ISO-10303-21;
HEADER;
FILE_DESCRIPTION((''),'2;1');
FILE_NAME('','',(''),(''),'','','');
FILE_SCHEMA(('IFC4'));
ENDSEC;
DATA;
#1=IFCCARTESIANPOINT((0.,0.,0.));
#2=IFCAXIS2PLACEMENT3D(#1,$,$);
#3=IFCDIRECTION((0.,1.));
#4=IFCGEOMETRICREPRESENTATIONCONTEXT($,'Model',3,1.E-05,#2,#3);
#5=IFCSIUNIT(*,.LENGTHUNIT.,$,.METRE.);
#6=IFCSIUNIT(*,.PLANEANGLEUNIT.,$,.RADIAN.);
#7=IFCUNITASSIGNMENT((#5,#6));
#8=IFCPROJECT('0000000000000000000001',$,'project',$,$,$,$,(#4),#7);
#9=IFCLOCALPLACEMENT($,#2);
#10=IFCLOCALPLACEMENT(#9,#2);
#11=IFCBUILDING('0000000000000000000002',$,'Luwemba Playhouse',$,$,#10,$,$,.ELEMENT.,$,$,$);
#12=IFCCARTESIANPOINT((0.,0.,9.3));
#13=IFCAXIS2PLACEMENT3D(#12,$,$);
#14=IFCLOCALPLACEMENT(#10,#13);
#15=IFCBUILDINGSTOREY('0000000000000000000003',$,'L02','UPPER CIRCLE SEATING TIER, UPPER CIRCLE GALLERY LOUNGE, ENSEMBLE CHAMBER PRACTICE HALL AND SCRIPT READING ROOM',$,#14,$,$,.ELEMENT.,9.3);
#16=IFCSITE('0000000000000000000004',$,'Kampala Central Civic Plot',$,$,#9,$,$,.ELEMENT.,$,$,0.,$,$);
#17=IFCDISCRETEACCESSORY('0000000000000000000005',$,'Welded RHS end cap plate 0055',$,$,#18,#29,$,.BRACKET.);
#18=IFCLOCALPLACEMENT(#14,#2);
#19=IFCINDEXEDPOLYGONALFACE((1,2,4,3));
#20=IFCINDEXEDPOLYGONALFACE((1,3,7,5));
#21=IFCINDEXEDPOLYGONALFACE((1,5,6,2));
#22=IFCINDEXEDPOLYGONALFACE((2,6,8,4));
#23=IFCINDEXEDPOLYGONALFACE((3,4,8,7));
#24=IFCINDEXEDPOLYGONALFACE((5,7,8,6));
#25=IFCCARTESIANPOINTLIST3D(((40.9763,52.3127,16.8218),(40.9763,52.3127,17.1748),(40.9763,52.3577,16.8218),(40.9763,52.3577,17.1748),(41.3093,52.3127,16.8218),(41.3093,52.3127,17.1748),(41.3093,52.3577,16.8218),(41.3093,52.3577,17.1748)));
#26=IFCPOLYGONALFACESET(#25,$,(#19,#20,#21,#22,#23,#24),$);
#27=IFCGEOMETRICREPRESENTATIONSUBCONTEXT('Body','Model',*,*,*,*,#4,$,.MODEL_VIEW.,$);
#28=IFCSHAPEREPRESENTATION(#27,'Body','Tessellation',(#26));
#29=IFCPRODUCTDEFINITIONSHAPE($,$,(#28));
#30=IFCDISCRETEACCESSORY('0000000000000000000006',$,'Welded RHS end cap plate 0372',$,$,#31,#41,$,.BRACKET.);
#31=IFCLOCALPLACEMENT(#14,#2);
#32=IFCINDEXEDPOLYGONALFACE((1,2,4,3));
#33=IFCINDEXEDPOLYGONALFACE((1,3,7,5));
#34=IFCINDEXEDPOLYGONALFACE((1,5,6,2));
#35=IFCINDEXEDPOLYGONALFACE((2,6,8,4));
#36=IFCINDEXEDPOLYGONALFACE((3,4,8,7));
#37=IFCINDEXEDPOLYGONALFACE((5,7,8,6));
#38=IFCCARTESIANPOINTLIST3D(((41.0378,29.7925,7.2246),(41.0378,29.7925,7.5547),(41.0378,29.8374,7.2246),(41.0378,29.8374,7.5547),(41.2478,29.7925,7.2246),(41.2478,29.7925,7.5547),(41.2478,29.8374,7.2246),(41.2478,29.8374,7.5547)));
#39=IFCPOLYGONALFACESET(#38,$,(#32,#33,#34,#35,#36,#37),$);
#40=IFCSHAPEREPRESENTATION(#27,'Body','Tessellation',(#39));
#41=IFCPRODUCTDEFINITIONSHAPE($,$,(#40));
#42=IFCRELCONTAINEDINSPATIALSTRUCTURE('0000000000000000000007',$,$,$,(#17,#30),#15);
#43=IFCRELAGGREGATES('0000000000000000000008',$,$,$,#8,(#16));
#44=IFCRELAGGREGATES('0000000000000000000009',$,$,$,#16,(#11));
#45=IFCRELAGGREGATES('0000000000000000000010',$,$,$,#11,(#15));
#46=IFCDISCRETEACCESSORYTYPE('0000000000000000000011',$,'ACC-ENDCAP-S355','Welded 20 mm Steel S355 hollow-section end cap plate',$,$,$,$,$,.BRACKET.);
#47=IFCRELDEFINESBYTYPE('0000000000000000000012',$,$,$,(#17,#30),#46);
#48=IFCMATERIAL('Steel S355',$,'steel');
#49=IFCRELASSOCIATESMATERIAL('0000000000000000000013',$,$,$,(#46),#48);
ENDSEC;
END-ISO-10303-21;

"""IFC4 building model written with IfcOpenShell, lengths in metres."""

from ifc_helpers import new_model, si_unit, direction, frame, origin, origin_2d, place, context, subcontext, project, spatial, rectangle, extrude, material, type_object, element, save


model = new_model("IFC4")

# Units and contexts
model_context = context("Model", 3, precision=1e-05, world=origin(), true_north=direction((0.0, 1.0)))
body_context = subcontext(model_context, "Body", "Model", "MODEL_VIEW")
ifc_project = project(units=[si_unit("LENGTHUNIT", "METRE"), si_unit("PLANEANGLEUNIT", "RADIAN")], contexts=[model_context])

# Site, building, storey
site_placement = place(None, origin())
site = spatial("IfcSite", under=ifc_project, at=site_placement, Name="Kampala Central Civic Plot", CompositionType="ELEMENT", RefElevation=0.0)
building_placement = place(site_placement, origin())
building = spatial("IfcBuilding", under=site, at=building_placement, Name="Luwemba Playhouse", CompositionType="ELEMENT")
storey_placement = place(building_placement, frame((0.0, 0.0, 9.3)))
storey = spatial("IfcBuildingStorey", under=building, at=storey_placement, Name="L02", Description="UPPER CIRCLE SEATING TIER, UPPER CIRCLE GALLERY LOUNGE, ENSEMBLE CHAMBER PRACTICE HALL AND SCRIPT READING ROOM", CompositionType="ELEMENT", Elevation=9.3)

# Shared definitions
ifc_material_1 = material(Name="Steel S355", Category="steel")

# Discrete accessories
discrete_accessory_type = type_object("IfcDiscreteAccessoryType", Name="ACC-ENDCAP-S355", Description="Welded 20 mm Steel S355 hollow-section end cap plate", PredefinedType="BRACKET", material=ifc_material_1)
for number, where, z_axis, x_axis, name in (
    (1, (41.1428, 52.3352, 16.8218), (0.0, 0.0, 1.0), (1.0, 0.0, 0.0), "Welded RHS end cap plate 0055"),
):
    element("IfcDiscreteAccessory", number, at=place(storey_placement, frame(where, z_axis=z_axis, x_axis=x_axis)), inside=storey, type_object=discrete_accessory_type, Name=name, PredefinedType="BRACKET", context=body_context, shape_type="SweptSolid", body=[
        extrude(rectangle(XDim=0.333, YDim=0.0449, at=origin_2d()), origin(), (0.0, 0.0, 1.0), 0.353),
    ])
discrete_accessory_placement = place(storey_placement, frame((41.1428, 29.8149, 7.2246), z_axis=(0.0, 0.0, 1.0), x_axis=(1.0, 0.0, 0.0)))
element("IfcDiscreteAccessory", 2, at=discrete_accessory_placement, inside=storey, type_object=discrete_accessory_type, Name="Welded RHS end cap plate 0372", PredefinedType="BRACKET", context=body_context, shape_type="SweptSolid", body=[
    extrude(rectangle(XDim=0.21, YDim=0.0449, at=origin_2d()), origin(), (0.0, 0.0, 1.0), 0.3301),
])

save(model, "model.ifc")
